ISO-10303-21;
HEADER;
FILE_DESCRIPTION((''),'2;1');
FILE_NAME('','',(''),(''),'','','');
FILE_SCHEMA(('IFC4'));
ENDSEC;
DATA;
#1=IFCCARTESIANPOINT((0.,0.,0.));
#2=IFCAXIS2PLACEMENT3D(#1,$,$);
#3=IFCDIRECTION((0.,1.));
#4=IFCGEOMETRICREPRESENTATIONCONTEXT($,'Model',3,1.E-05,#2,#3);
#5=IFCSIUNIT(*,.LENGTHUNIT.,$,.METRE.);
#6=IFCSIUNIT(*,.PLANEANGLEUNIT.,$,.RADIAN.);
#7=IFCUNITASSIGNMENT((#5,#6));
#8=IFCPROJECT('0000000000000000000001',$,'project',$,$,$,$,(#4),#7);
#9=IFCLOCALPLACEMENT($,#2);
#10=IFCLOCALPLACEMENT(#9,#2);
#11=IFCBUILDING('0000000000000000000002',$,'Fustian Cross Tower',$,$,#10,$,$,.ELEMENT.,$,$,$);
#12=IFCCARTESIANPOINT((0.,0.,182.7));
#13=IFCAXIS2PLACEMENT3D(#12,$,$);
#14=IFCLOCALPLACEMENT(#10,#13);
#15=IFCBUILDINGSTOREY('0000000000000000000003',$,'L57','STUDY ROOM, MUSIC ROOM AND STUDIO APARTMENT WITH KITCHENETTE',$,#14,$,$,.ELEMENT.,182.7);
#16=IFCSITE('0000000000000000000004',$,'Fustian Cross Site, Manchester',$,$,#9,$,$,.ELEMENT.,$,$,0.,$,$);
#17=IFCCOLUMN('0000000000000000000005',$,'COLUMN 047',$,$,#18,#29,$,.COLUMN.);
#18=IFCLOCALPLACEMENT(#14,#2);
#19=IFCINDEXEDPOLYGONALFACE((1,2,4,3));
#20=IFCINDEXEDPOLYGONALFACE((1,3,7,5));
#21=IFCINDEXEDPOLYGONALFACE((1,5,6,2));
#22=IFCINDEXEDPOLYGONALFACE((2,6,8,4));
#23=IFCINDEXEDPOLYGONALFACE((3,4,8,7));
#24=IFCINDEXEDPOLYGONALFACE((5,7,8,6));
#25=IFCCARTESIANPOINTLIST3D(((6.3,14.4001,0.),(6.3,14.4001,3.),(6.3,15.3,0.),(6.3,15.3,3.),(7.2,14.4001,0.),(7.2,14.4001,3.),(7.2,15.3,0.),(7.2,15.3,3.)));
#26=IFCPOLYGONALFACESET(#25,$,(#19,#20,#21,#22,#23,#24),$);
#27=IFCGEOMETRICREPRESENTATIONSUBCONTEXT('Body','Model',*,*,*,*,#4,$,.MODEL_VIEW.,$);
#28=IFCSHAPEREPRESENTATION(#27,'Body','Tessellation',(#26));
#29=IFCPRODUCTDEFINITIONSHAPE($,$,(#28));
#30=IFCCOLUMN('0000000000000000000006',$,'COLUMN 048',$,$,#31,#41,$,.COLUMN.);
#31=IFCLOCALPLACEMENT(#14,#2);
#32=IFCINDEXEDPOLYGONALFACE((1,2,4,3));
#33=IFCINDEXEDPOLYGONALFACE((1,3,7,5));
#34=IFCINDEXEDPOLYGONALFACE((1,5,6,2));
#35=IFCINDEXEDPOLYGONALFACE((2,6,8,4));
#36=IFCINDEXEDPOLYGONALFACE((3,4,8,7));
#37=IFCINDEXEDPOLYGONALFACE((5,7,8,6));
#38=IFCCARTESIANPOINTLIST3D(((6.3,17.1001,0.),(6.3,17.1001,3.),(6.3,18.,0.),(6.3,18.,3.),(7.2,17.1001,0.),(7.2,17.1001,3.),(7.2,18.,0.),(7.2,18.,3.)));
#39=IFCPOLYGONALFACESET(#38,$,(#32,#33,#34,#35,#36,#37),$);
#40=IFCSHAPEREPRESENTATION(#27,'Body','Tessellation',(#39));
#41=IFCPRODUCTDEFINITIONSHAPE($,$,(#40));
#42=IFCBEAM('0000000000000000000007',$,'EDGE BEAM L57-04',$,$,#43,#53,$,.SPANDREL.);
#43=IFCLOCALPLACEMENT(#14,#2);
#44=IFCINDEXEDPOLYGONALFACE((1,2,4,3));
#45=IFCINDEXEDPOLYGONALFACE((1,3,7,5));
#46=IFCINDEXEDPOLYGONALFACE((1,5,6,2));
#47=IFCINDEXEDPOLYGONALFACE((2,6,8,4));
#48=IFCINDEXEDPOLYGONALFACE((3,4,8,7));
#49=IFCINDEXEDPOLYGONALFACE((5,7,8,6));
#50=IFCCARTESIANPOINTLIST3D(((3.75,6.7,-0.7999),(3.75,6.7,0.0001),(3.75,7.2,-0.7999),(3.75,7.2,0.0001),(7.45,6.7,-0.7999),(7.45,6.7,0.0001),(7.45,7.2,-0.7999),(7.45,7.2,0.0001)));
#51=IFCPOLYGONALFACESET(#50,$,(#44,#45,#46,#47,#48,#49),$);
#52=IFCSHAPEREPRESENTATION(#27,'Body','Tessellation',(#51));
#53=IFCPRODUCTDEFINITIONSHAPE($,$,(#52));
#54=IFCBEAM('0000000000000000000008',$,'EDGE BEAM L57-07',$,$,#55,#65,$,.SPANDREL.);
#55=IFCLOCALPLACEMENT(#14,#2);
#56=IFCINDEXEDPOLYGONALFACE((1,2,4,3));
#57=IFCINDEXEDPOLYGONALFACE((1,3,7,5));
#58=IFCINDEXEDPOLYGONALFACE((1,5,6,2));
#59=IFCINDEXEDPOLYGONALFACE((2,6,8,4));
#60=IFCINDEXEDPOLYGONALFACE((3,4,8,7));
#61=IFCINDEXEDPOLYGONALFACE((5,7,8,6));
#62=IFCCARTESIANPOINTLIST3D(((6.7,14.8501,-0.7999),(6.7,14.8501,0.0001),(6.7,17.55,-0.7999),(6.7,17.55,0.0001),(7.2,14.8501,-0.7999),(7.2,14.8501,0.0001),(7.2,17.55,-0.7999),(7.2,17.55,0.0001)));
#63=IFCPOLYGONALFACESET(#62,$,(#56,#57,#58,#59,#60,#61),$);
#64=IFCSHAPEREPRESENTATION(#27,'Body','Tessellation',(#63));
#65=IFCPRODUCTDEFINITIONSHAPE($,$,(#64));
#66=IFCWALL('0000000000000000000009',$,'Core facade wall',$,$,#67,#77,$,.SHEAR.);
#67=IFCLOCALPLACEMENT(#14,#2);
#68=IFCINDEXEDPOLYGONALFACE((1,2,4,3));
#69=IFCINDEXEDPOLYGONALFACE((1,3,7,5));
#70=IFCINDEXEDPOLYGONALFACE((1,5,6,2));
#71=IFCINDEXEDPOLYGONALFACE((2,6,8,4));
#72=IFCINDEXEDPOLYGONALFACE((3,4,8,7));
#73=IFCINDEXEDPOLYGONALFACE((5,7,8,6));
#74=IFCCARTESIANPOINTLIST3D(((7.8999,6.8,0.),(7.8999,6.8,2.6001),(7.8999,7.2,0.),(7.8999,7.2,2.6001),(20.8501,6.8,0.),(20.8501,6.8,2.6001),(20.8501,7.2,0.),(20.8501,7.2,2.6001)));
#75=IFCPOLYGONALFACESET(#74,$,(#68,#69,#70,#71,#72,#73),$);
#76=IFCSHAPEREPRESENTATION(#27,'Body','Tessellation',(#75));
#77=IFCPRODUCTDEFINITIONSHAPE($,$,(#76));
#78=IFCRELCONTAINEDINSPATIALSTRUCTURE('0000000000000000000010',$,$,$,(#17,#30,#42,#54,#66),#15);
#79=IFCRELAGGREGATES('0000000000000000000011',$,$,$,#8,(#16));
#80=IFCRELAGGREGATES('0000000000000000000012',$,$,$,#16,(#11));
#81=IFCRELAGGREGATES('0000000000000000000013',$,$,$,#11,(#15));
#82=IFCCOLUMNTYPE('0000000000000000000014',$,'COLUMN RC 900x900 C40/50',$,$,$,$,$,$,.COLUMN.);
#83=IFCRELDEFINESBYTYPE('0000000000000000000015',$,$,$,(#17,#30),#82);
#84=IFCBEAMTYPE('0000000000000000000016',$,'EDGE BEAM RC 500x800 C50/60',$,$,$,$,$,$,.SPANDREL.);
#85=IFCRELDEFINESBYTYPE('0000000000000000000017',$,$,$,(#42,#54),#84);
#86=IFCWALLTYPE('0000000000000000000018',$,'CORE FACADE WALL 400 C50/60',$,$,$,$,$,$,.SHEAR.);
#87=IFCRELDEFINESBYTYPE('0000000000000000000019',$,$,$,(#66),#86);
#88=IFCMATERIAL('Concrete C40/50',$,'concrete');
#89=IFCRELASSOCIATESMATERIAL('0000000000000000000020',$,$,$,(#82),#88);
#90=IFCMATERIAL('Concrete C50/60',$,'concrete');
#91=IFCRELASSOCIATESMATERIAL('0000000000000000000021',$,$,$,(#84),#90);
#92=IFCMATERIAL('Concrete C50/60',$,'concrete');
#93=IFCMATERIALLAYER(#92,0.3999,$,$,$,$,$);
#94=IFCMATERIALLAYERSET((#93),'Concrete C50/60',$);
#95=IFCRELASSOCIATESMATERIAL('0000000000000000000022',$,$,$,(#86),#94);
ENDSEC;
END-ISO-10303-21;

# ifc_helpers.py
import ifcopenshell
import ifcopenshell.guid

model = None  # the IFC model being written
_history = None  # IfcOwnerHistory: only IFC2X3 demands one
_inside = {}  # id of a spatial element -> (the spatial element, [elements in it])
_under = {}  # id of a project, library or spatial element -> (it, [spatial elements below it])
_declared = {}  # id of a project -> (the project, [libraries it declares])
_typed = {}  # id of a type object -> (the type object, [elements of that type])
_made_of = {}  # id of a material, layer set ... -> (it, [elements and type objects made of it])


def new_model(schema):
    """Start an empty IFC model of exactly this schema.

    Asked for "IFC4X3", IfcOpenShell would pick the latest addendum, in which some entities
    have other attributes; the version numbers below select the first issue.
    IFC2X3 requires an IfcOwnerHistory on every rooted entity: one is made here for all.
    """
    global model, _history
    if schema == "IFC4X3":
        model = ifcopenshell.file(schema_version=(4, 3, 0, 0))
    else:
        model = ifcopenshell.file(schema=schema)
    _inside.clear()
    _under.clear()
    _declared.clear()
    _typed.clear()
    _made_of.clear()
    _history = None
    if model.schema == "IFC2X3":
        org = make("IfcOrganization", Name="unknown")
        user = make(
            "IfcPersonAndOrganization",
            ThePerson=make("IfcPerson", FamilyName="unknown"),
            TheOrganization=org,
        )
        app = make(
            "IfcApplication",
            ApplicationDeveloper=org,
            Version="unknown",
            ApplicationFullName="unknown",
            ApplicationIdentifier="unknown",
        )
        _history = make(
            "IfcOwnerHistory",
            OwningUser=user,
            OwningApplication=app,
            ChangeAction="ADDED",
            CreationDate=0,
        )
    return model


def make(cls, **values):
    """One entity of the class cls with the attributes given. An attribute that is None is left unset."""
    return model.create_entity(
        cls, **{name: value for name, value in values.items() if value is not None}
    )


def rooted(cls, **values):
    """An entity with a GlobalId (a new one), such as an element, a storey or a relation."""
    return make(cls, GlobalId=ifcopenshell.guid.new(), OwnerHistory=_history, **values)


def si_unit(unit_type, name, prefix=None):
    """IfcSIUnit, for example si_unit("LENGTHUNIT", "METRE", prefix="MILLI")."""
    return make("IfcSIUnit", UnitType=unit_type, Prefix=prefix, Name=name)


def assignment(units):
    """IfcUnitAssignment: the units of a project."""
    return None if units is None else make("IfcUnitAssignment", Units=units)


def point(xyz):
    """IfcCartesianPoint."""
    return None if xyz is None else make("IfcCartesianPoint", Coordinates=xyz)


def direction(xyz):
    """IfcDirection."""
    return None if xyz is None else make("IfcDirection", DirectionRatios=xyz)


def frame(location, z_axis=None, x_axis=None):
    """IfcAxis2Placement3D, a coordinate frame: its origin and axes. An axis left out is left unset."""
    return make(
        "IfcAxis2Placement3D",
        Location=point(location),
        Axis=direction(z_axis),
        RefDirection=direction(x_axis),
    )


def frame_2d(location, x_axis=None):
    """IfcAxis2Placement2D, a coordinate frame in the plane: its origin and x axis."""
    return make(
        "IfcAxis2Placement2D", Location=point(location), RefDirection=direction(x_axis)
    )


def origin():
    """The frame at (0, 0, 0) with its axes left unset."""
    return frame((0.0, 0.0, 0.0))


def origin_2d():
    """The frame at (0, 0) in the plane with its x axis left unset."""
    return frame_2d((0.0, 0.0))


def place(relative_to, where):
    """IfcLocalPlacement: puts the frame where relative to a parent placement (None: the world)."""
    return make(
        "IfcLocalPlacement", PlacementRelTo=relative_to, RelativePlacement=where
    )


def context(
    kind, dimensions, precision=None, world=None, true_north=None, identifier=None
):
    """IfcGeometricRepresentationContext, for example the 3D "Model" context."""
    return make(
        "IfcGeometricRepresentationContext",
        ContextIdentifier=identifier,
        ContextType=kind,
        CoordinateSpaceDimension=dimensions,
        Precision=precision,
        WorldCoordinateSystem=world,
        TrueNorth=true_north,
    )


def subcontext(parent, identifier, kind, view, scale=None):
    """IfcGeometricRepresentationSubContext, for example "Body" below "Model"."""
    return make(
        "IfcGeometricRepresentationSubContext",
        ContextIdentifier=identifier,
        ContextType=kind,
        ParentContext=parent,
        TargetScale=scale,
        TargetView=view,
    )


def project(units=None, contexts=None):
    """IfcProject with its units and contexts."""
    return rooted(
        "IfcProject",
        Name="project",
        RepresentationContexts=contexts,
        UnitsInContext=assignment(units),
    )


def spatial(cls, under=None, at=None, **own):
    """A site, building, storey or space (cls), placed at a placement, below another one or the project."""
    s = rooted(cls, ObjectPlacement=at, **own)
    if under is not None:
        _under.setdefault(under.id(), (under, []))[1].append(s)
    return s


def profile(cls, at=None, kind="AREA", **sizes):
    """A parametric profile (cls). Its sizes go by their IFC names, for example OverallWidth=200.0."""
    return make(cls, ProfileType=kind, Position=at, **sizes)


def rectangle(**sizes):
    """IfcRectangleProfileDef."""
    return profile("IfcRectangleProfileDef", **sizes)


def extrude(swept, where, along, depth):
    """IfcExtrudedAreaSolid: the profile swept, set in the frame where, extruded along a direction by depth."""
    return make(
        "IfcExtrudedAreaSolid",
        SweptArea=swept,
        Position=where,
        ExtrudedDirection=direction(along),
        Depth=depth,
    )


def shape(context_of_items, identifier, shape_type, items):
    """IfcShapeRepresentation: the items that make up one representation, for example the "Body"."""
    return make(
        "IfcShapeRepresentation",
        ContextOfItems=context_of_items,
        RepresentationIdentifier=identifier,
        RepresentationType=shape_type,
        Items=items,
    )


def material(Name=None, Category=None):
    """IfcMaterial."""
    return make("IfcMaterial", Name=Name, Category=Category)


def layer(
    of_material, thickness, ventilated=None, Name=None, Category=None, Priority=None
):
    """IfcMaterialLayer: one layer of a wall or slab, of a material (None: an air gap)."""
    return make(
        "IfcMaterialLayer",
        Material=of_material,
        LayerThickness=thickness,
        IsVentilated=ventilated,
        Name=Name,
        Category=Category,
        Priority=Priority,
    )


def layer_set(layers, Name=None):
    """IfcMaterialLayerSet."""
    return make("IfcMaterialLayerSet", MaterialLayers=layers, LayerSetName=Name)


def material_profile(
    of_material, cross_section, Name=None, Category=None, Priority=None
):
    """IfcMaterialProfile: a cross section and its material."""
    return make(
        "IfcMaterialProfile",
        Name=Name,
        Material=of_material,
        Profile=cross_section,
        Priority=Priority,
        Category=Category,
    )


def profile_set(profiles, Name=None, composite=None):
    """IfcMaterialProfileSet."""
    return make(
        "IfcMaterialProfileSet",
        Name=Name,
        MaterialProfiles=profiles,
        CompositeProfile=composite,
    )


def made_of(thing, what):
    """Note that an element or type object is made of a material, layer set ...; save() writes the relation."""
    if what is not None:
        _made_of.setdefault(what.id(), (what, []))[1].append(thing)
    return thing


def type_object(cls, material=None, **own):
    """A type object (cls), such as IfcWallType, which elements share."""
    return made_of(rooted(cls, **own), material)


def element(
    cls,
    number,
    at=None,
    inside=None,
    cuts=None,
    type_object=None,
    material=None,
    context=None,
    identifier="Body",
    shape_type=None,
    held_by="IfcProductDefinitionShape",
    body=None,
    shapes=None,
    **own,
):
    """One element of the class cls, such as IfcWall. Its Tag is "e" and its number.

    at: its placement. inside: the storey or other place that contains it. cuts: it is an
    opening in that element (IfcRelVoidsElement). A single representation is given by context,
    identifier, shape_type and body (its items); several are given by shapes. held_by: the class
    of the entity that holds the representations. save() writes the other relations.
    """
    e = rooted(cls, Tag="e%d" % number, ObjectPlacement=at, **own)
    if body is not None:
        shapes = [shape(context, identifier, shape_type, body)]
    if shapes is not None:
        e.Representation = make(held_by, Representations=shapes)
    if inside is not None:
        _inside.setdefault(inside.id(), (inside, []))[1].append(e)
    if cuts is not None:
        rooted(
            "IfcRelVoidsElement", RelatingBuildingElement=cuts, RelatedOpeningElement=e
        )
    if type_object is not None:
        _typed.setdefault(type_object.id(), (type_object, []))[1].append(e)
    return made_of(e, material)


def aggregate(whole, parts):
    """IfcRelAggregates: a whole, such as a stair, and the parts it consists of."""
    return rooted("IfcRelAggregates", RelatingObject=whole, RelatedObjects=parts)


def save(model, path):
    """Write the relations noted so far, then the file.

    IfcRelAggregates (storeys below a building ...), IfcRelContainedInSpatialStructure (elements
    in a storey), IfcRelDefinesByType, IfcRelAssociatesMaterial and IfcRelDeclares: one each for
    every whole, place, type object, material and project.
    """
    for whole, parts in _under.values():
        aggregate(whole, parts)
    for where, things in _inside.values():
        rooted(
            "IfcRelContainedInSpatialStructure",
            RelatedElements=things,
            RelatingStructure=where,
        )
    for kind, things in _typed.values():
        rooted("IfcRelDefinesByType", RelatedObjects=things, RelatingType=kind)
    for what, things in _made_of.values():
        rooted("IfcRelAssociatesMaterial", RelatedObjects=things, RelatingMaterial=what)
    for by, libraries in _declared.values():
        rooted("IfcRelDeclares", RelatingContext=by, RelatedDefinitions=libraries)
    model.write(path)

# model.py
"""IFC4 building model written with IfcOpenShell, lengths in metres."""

from ifc_helpers import new_model, si_unit, direction, frame, frame_2d, origin, origin_2d, place, context, subcontext, project, spatial, rectangle, extrude, material, layer, layer_set, material_profile, profile_set, type_object, element, save


model = new_model("IFC4")

# Units and contexts
model_context = context("Model", 3, precision=1e-05, world=origin(), true_north=direction((0.0, 1.0)))
body_context = subcontext(model_context, "Body", "Model", "MODEL_VIEW")
ifc_project = project(units=[si_unit("LENGTHUNIT", "METRE"), si_unit("PLANEANGLEUNIT", "RADIAN")], contexts=[model_context])

# Site, building, storey
site_placement = place(None, origin())
site = spatial("IfcSite", under=ifc_project, at=site_placement, Name="Fustian Cross Site, Manchester", CompositionType="ELEMENT", RefElevation=0.0)
building_placement = place(site_placement, origin())
building = spatial("IfcBuilding", under=site, at=building_placement, Name="Fustian Cross Tower", CompositionType="ELEMENT")
storey_placement = place(building_placement, frame((0.0, 0.0, 182.7)))
storey = spatial("IfcBuildingStorey", under=building, at=storey_placement, Name="L57", Description="STUDY ROOM, MUSIC ROOM AND STUDIO APARTMENT WITH KITCHENETTE", CompositionType="ELEMENT", Elevation=182.7)

# Columns
ifc_material_1 = material(Name="Concrete C40/50", Category="concrete")
ifc_material_profile_1 = material_profile(ifc_material_1, rectangle(XDim=0.8999, YDim=0.8999, at=origin_2d()), Name="RC 900x900")
ifc_profile_set_1 = profile_set([ifc_material_profile_1], Name="Concrete C40/50")
column_type = type_object("IfcColumnType", Name="COLUMN RC 900x900 C40/50", PredefinedType="COLUMN", material=ifc_profile_set_1)
for number, where, z_axis, x_axis, name in (
    (1, (6.75, 14.8501, 0.0), (0.0, 0.0, 1.0), (1.0, 0.0, 0.0), "COLUMN 047"),
    (2, (6.75, 17.55, 0.0), (0.0, 0.0, 1.0), (1.0, 0.0, 0.0), "COLUMN 048"),
):
    element("IfcColumn", number, at=place(storey_placement, frame(where, z_axis=z_axis, x_axis=x_axis)), inside=storey, type_object=column_type, Name=name, PredefinedType="COLUMN", context=body_context, shape_type="SweptSolid", body=[
        extrude(rectangle(XDim=0.8999, YDim=0.8999, at=origin_2d()), origin(), (0.0, 0.0, 1.0), 3.0),
    ])

# Beams
ifc_material_2 = material(Name="Concrete C50/60", Category="concrete")
ifc_material_profile_2 = material_profile(ifc_material_2, rectangle(XDim=0.5, YDim=0.8, at=origin_2d()), Name="RC 500x800")
ifc_profile_set_2 = profile_set([ifc_material_profile_2], Name="Concrete C50/60")
beam_type = type_object("IfcBeamType", Name="EDGE BEAM RC 500x800 C50/60", PredefinedType="SPANDREL", material=ifc_profile_set_2)
beam_1_placement = place(storey_placement, frame((7.45, 6.95, -0.3999), z_axis=(-1.0, 0.0, 0.0), x_axis=(0.0, -1.0, 0.0)))
element("IfcBeam", 3, at=beam_1_placement, inside=storey, type_object=beam_type, Name="EDGE BEAM L57-04", PredefinedType="SPANDREL", context=body_context, shape_type="SweptSolid", body=[
    extrude(rectangle(XDim=0.5, YDim=0.8, at=origin_2d()), origin(), (0.0, 0.0, 1.0), 3.7),
])
beam_2_placement = place(storey_placement, frame((6.95, 14.8501, -0.3999), z_axis=(0.0, 1.0, 0.0), x_axis=(-1.0, 0.0, 0.0)))
element("IfcBeam", 4, at=beam_2_placement, inside=storey, type_object=beam_type, Name="EDGE BEAM L57-07", PredefinedType="SPANDREL", context=body_context, shape_type="SweptSolid", body=[
    extrude(rectangle(XDim=0.5, YDim=0.8, at=origin_2d()), origin(), (0.0, 0.0, 1.0), 2.7),
])

# Wall
ifc_material_3 = material(Name="Concrete C50/60", Category="concrete")
ifc_layer_1 = layer(ifc_material_3, 0.3999)
ifc_layer_set_1 = layer_set([ifc_layer_1], Name="Concrete C50/60")
wall_type_1 = type_object("IfcWallType", Name="CORE FACADE WALL 400 C50/60", PredefinedType="SHEAR", material=ifc_layer_set_1)
wall_1_placement = place(storey_placement, frame((7.8999, 7.0, 0.0), z_axis=(0.0, 0.0, 1.0), x_axis=(1.0, 0.0, 0.0)))
element("IfcWall", 5, at=wall_1_placement, inside=storey, type_object=wall_type_1, Name="Core facade wall", PredefinedType="SHEAR", context=body_context, shape_type="SweptSolid", body=[
    extrude(rectangle(XDim=12.9502, YDim=0.3999, at=frame_2d((6.4751, 0.0))), origin(), (0.0, 0.0, 1.0), 2.6001),
])

save(model, "model.ifc")
